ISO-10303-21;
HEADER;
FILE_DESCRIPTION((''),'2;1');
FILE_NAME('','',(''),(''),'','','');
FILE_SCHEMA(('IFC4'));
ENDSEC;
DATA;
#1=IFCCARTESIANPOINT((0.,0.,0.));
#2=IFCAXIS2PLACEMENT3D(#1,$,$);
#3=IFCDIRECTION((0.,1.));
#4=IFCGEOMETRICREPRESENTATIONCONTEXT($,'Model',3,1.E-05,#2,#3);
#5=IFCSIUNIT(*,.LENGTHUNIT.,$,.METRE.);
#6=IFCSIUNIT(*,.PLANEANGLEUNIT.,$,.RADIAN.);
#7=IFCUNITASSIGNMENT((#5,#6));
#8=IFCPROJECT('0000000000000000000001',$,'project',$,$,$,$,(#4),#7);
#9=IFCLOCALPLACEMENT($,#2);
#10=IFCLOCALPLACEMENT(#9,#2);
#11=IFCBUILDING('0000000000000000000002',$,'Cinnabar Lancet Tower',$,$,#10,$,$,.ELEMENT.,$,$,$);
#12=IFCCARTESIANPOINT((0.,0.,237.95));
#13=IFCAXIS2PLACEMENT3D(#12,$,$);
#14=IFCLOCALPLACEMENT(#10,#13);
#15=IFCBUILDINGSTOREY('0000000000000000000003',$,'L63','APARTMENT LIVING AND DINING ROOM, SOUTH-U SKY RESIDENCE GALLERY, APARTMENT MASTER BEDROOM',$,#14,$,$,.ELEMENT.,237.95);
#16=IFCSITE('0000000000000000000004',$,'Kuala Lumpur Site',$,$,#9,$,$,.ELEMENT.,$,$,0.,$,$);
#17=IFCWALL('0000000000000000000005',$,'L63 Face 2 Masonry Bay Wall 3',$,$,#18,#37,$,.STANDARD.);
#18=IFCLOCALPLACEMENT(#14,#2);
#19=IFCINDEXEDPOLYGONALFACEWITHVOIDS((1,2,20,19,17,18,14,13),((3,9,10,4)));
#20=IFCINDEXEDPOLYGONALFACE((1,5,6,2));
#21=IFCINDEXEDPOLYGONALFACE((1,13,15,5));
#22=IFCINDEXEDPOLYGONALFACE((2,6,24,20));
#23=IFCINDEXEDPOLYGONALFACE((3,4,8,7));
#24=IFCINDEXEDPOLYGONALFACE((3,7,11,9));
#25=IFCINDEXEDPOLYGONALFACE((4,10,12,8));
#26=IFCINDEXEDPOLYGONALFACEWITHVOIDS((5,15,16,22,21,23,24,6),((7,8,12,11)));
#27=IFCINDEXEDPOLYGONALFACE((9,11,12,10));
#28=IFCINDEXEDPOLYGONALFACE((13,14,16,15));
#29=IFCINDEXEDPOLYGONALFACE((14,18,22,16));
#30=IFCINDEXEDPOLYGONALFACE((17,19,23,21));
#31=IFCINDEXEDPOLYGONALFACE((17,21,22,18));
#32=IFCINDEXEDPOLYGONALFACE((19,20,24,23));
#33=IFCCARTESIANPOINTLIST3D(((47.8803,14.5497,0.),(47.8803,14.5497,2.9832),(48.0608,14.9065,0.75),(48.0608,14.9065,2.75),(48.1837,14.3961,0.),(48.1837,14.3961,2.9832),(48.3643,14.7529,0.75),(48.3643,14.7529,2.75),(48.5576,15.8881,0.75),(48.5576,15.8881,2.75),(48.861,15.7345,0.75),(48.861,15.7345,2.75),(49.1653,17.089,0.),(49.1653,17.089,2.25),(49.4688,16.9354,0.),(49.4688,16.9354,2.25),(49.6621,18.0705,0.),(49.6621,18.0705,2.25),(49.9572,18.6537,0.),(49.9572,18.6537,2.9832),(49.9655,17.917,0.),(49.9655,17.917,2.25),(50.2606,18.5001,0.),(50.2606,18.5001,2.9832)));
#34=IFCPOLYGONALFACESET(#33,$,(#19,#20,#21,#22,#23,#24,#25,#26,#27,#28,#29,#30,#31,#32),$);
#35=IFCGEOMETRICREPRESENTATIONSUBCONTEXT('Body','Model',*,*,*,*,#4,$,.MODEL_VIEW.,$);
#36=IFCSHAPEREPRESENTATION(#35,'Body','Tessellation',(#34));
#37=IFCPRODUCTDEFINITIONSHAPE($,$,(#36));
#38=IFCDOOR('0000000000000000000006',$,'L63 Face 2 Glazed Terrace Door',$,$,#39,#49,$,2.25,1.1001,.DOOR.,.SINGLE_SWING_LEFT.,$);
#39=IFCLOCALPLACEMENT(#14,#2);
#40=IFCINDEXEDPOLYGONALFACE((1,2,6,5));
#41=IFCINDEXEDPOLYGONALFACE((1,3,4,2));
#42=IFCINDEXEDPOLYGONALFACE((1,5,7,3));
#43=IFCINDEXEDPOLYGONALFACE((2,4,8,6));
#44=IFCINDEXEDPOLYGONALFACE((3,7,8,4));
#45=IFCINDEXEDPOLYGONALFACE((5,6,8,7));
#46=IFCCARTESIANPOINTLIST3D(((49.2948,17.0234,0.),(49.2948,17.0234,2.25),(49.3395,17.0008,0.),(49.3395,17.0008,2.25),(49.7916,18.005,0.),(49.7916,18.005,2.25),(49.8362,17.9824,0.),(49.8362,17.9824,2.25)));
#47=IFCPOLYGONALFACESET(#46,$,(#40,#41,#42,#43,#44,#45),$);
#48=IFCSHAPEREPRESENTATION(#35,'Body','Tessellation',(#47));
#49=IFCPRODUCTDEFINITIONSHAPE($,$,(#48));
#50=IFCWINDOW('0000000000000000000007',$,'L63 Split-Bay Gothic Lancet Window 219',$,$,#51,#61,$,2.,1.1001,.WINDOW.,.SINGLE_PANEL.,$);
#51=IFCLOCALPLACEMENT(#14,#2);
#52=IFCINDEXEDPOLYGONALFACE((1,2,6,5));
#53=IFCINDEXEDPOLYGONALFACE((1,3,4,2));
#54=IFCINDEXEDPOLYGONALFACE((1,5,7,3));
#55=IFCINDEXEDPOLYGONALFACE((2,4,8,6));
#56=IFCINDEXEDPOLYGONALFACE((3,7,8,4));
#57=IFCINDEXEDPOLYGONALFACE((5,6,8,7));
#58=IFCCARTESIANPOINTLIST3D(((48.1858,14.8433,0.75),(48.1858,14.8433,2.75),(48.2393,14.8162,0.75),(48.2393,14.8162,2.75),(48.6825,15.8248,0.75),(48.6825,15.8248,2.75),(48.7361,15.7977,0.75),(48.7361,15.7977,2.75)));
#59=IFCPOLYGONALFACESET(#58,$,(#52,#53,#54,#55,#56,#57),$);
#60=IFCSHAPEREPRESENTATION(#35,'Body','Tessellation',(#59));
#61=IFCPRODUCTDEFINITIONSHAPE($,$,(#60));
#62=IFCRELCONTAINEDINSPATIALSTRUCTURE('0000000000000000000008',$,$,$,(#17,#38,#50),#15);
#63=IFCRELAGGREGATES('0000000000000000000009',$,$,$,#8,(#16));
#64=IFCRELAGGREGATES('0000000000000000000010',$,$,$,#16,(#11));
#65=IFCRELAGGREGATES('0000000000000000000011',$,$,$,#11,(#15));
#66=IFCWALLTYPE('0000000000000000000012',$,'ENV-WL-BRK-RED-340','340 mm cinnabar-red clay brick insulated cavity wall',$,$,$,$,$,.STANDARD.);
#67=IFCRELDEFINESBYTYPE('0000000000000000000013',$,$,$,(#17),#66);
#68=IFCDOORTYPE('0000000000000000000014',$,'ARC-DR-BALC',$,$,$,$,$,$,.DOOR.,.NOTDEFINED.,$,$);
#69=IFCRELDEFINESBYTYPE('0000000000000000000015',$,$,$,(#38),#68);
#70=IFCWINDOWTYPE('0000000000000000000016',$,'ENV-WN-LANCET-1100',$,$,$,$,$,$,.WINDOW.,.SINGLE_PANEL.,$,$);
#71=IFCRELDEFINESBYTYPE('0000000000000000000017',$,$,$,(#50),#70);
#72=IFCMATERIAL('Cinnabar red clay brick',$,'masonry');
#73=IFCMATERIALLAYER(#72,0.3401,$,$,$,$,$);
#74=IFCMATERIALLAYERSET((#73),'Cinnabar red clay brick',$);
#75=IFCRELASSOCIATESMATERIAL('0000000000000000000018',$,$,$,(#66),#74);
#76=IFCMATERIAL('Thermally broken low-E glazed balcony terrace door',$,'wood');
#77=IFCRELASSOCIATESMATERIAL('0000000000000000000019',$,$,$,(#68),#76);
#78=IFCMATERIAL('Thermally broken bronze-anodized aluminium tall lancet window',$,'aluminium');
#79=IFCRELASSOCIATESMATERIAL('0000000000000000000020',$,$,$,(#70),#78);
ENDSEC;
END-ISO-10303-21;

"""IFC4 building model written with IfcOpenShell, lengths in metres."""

from ifc_helpers import new_model, si_unit, direction, frame, frame_2d, origin, place, context, subcontext, project, spatial, rectangle, extrude, material, layer, layer_set, type_object, element, fill, save


model = new_model("IFC4")

# Units and contexts
model_context = context("Model", 3, precision=1e-05, world=origin(), true_north=direction((0.0, 1.0)))
body_context = subcontext(model_context, "Body", "Model", "MODEL_VIEW")
ifc_project = project(units=[si_unit("LENGTHUNIT", "METRE"), si_unit("PLANEANGLEUNIT", "RADIAN")], contexts=[model_context])

# Site, building, storey
site_placement = place(None, origin())
site = spatial("IfcSite", under=ifc_project, at=site_placement, Name="Kuala Lumpur Site", CompositionType="ELEMENT", RefElevation=0.0)
building_placement = place(site_placement, origin())
building = spatial("IfcBuilding", under=site, at=building_placement, Name="Cinnabar Lancet Tower", CompositionType="ELEMENT")
storey_placement = place(building_placement, frame((0.0, 0.0, 237.95)))
storey = spatial("IfcBuildingStorey", under=building, at=storey_placement, Name="L63", Description="APARTMENT LIVING AND DINING ROOM, SOUTH-U SKY RESIDENCE GALLERY, APARTMENT MASTER BEDROOM", CompositionType="ELEMENT", Elevation=237.95)

# Shared definitions
ifc_material_1 = material(Name="Cinnabar red clay brick", Category="masonry")
ifc_layer_1 = layer(ifc_material_1, 0.3401)
ifc_layer_set_1 = layer_set([ifc_layer_1], Name="Cinnabar red clay brick")
wall_type_1 = type_object("IfcWallType", Name="ENV-WL-BRK-RED-340", Description="340 mm cinnabar-red clay brick insulated cavity wall", PredefinedType="STANDARD", material=ifc_layer_set_1)

# Wall, openings, door, window
wall_1_placement = place(storey_placement, frame((48.032, 14.4729, 0.0), z_axis=(0.0, 0.0, 1.0), x_axis=(0.45154, 0.892251, 0.0)))
wall_1 = element("IfcWall", 1, at=wall_1_placement, inside=storey, type_object=wall_type_1, Name="L63 Face 2 Masonry Bay Wall 3", PredefinedType="STANDARD", context=body_context, shape_type="SweptSolid", body=[
    extrude(rectangle(XDim=4.5996, YDim=0.3401, at=frame_2d((2.2998, 0.0))), origin(), (0.0, 0.0, 1.0), 2.9832),
])
opening_1_placement = place(wall_1_placement, frame((2.8459, 0.0, 0.0)))
opening_1 = element("IfcOpeningElement", 2, at=opening_1_placement, cuts=wall_1, PredefinedType="OPENING", context=body_context, shape_type="SweptSolid", body=[
    extrude(rectangle(XDim=1.1001, YDim=2.25, at=frame_2d((0.55, 1.125))), frame((0.0, 0.1799, 0.0), z_axis=(0.0, -1.0, 0.0), x_axis=(1.0, 0.0, 0.0)), (0.0, 0.0, 1.0), 0.3601),
])
opening_2_placement = place(wall_1_placement, frame((0.3999, 0.0, 0.75)))
opening_2 = element("IfcOpeningElement", 3, at=opening_2_placement, cuts=wall_1, PredefinedType="OPENING", context=body_context, shape_type="SweptSolid", body=[
    extrude(rectangle(XDim=1.1001, YDim=2.0, at=frame_2d((0.55, 1.0))), frame((0.0, 0.1799, 0.0), z_axis=(0.0, -1.0, 0.0), x_axis=(1.0, 0.0, 0.0)), (0.0, 0.0, 1.0), 0.3601),
])
ifc_material_2 = material(Name="Thermally broken low-E glazed balcony terrace door", Category="wood")
door_type_1 = type_object("IfcDoorType", Name="ARC-DR-BALC", OperationType="NOTDEFINED", PredefinedType="DOOR", material=ifc_material_2)
door_1_placement = place(opening_1_placement, origin())
door_1 = element("IfcDoor", 4, at=door_1_placement, inside=storey, type_object=door_type_1, Name="L63 Face 2 Glazed Terrace Door", OperationType="SINGLE_SWING_LEFT", OverallHeight=2.25, OverallWidth=1.1001, PredefinedType="DOOR", context=body_context, shape_type="SweptSolid", body=[
    extrude(rectangle(XDim=1.1001, YDim=2.25, at=frame_2d((0.55, 1.125))), frame((0.0, 0.0249, 0.0), z_axis=(0.0, -1.0, 0.0), x_axis=(1.0, 0.0, 0.0)), (0.0, 0.0, 1.0), 0.05),
])
fill(opening_1, door_1)
ifc_material_3 = material(Name="Thermally broken bronze-anodized aluminium tall lancet window", Category="aluminium")
window_type_1 = type_object("IfcWindowType", Name="ENV-WN-LANCET-1100", PartitioningType="SINGLE_PANEL", PredefinedType="WINDOW", material=ifc_material_3)
window_1_placement = place(opening_2_placement, origin())
window_1 = element("IfcWindow", 5, at=window_1_placement, inside=storey, type_object=window_type_1, Name="L63 Split-Bay Gothic Lancet Window 219", OverallHeight=2.0, OverallWidth=1.1001, PartitioningType="SINGLE_PANEL", PredefinedType="WINDOW", context=body_context, shape_type="SweptSolid", body=[
    extrude(rectangle(XDim=1.1001, YDim=2.0, at=frame_2d((0.55, 1.0))), frame((0.0, 0.03, 0.0), z_axis=(0.0, -1.0, 0.0), x_axis=(1.0, 0.0, 0.0)), (0.0, 0.0, 1.0), 0.0601),
])
fill(opening_2, window_1)

save(model, "model.ifc")
